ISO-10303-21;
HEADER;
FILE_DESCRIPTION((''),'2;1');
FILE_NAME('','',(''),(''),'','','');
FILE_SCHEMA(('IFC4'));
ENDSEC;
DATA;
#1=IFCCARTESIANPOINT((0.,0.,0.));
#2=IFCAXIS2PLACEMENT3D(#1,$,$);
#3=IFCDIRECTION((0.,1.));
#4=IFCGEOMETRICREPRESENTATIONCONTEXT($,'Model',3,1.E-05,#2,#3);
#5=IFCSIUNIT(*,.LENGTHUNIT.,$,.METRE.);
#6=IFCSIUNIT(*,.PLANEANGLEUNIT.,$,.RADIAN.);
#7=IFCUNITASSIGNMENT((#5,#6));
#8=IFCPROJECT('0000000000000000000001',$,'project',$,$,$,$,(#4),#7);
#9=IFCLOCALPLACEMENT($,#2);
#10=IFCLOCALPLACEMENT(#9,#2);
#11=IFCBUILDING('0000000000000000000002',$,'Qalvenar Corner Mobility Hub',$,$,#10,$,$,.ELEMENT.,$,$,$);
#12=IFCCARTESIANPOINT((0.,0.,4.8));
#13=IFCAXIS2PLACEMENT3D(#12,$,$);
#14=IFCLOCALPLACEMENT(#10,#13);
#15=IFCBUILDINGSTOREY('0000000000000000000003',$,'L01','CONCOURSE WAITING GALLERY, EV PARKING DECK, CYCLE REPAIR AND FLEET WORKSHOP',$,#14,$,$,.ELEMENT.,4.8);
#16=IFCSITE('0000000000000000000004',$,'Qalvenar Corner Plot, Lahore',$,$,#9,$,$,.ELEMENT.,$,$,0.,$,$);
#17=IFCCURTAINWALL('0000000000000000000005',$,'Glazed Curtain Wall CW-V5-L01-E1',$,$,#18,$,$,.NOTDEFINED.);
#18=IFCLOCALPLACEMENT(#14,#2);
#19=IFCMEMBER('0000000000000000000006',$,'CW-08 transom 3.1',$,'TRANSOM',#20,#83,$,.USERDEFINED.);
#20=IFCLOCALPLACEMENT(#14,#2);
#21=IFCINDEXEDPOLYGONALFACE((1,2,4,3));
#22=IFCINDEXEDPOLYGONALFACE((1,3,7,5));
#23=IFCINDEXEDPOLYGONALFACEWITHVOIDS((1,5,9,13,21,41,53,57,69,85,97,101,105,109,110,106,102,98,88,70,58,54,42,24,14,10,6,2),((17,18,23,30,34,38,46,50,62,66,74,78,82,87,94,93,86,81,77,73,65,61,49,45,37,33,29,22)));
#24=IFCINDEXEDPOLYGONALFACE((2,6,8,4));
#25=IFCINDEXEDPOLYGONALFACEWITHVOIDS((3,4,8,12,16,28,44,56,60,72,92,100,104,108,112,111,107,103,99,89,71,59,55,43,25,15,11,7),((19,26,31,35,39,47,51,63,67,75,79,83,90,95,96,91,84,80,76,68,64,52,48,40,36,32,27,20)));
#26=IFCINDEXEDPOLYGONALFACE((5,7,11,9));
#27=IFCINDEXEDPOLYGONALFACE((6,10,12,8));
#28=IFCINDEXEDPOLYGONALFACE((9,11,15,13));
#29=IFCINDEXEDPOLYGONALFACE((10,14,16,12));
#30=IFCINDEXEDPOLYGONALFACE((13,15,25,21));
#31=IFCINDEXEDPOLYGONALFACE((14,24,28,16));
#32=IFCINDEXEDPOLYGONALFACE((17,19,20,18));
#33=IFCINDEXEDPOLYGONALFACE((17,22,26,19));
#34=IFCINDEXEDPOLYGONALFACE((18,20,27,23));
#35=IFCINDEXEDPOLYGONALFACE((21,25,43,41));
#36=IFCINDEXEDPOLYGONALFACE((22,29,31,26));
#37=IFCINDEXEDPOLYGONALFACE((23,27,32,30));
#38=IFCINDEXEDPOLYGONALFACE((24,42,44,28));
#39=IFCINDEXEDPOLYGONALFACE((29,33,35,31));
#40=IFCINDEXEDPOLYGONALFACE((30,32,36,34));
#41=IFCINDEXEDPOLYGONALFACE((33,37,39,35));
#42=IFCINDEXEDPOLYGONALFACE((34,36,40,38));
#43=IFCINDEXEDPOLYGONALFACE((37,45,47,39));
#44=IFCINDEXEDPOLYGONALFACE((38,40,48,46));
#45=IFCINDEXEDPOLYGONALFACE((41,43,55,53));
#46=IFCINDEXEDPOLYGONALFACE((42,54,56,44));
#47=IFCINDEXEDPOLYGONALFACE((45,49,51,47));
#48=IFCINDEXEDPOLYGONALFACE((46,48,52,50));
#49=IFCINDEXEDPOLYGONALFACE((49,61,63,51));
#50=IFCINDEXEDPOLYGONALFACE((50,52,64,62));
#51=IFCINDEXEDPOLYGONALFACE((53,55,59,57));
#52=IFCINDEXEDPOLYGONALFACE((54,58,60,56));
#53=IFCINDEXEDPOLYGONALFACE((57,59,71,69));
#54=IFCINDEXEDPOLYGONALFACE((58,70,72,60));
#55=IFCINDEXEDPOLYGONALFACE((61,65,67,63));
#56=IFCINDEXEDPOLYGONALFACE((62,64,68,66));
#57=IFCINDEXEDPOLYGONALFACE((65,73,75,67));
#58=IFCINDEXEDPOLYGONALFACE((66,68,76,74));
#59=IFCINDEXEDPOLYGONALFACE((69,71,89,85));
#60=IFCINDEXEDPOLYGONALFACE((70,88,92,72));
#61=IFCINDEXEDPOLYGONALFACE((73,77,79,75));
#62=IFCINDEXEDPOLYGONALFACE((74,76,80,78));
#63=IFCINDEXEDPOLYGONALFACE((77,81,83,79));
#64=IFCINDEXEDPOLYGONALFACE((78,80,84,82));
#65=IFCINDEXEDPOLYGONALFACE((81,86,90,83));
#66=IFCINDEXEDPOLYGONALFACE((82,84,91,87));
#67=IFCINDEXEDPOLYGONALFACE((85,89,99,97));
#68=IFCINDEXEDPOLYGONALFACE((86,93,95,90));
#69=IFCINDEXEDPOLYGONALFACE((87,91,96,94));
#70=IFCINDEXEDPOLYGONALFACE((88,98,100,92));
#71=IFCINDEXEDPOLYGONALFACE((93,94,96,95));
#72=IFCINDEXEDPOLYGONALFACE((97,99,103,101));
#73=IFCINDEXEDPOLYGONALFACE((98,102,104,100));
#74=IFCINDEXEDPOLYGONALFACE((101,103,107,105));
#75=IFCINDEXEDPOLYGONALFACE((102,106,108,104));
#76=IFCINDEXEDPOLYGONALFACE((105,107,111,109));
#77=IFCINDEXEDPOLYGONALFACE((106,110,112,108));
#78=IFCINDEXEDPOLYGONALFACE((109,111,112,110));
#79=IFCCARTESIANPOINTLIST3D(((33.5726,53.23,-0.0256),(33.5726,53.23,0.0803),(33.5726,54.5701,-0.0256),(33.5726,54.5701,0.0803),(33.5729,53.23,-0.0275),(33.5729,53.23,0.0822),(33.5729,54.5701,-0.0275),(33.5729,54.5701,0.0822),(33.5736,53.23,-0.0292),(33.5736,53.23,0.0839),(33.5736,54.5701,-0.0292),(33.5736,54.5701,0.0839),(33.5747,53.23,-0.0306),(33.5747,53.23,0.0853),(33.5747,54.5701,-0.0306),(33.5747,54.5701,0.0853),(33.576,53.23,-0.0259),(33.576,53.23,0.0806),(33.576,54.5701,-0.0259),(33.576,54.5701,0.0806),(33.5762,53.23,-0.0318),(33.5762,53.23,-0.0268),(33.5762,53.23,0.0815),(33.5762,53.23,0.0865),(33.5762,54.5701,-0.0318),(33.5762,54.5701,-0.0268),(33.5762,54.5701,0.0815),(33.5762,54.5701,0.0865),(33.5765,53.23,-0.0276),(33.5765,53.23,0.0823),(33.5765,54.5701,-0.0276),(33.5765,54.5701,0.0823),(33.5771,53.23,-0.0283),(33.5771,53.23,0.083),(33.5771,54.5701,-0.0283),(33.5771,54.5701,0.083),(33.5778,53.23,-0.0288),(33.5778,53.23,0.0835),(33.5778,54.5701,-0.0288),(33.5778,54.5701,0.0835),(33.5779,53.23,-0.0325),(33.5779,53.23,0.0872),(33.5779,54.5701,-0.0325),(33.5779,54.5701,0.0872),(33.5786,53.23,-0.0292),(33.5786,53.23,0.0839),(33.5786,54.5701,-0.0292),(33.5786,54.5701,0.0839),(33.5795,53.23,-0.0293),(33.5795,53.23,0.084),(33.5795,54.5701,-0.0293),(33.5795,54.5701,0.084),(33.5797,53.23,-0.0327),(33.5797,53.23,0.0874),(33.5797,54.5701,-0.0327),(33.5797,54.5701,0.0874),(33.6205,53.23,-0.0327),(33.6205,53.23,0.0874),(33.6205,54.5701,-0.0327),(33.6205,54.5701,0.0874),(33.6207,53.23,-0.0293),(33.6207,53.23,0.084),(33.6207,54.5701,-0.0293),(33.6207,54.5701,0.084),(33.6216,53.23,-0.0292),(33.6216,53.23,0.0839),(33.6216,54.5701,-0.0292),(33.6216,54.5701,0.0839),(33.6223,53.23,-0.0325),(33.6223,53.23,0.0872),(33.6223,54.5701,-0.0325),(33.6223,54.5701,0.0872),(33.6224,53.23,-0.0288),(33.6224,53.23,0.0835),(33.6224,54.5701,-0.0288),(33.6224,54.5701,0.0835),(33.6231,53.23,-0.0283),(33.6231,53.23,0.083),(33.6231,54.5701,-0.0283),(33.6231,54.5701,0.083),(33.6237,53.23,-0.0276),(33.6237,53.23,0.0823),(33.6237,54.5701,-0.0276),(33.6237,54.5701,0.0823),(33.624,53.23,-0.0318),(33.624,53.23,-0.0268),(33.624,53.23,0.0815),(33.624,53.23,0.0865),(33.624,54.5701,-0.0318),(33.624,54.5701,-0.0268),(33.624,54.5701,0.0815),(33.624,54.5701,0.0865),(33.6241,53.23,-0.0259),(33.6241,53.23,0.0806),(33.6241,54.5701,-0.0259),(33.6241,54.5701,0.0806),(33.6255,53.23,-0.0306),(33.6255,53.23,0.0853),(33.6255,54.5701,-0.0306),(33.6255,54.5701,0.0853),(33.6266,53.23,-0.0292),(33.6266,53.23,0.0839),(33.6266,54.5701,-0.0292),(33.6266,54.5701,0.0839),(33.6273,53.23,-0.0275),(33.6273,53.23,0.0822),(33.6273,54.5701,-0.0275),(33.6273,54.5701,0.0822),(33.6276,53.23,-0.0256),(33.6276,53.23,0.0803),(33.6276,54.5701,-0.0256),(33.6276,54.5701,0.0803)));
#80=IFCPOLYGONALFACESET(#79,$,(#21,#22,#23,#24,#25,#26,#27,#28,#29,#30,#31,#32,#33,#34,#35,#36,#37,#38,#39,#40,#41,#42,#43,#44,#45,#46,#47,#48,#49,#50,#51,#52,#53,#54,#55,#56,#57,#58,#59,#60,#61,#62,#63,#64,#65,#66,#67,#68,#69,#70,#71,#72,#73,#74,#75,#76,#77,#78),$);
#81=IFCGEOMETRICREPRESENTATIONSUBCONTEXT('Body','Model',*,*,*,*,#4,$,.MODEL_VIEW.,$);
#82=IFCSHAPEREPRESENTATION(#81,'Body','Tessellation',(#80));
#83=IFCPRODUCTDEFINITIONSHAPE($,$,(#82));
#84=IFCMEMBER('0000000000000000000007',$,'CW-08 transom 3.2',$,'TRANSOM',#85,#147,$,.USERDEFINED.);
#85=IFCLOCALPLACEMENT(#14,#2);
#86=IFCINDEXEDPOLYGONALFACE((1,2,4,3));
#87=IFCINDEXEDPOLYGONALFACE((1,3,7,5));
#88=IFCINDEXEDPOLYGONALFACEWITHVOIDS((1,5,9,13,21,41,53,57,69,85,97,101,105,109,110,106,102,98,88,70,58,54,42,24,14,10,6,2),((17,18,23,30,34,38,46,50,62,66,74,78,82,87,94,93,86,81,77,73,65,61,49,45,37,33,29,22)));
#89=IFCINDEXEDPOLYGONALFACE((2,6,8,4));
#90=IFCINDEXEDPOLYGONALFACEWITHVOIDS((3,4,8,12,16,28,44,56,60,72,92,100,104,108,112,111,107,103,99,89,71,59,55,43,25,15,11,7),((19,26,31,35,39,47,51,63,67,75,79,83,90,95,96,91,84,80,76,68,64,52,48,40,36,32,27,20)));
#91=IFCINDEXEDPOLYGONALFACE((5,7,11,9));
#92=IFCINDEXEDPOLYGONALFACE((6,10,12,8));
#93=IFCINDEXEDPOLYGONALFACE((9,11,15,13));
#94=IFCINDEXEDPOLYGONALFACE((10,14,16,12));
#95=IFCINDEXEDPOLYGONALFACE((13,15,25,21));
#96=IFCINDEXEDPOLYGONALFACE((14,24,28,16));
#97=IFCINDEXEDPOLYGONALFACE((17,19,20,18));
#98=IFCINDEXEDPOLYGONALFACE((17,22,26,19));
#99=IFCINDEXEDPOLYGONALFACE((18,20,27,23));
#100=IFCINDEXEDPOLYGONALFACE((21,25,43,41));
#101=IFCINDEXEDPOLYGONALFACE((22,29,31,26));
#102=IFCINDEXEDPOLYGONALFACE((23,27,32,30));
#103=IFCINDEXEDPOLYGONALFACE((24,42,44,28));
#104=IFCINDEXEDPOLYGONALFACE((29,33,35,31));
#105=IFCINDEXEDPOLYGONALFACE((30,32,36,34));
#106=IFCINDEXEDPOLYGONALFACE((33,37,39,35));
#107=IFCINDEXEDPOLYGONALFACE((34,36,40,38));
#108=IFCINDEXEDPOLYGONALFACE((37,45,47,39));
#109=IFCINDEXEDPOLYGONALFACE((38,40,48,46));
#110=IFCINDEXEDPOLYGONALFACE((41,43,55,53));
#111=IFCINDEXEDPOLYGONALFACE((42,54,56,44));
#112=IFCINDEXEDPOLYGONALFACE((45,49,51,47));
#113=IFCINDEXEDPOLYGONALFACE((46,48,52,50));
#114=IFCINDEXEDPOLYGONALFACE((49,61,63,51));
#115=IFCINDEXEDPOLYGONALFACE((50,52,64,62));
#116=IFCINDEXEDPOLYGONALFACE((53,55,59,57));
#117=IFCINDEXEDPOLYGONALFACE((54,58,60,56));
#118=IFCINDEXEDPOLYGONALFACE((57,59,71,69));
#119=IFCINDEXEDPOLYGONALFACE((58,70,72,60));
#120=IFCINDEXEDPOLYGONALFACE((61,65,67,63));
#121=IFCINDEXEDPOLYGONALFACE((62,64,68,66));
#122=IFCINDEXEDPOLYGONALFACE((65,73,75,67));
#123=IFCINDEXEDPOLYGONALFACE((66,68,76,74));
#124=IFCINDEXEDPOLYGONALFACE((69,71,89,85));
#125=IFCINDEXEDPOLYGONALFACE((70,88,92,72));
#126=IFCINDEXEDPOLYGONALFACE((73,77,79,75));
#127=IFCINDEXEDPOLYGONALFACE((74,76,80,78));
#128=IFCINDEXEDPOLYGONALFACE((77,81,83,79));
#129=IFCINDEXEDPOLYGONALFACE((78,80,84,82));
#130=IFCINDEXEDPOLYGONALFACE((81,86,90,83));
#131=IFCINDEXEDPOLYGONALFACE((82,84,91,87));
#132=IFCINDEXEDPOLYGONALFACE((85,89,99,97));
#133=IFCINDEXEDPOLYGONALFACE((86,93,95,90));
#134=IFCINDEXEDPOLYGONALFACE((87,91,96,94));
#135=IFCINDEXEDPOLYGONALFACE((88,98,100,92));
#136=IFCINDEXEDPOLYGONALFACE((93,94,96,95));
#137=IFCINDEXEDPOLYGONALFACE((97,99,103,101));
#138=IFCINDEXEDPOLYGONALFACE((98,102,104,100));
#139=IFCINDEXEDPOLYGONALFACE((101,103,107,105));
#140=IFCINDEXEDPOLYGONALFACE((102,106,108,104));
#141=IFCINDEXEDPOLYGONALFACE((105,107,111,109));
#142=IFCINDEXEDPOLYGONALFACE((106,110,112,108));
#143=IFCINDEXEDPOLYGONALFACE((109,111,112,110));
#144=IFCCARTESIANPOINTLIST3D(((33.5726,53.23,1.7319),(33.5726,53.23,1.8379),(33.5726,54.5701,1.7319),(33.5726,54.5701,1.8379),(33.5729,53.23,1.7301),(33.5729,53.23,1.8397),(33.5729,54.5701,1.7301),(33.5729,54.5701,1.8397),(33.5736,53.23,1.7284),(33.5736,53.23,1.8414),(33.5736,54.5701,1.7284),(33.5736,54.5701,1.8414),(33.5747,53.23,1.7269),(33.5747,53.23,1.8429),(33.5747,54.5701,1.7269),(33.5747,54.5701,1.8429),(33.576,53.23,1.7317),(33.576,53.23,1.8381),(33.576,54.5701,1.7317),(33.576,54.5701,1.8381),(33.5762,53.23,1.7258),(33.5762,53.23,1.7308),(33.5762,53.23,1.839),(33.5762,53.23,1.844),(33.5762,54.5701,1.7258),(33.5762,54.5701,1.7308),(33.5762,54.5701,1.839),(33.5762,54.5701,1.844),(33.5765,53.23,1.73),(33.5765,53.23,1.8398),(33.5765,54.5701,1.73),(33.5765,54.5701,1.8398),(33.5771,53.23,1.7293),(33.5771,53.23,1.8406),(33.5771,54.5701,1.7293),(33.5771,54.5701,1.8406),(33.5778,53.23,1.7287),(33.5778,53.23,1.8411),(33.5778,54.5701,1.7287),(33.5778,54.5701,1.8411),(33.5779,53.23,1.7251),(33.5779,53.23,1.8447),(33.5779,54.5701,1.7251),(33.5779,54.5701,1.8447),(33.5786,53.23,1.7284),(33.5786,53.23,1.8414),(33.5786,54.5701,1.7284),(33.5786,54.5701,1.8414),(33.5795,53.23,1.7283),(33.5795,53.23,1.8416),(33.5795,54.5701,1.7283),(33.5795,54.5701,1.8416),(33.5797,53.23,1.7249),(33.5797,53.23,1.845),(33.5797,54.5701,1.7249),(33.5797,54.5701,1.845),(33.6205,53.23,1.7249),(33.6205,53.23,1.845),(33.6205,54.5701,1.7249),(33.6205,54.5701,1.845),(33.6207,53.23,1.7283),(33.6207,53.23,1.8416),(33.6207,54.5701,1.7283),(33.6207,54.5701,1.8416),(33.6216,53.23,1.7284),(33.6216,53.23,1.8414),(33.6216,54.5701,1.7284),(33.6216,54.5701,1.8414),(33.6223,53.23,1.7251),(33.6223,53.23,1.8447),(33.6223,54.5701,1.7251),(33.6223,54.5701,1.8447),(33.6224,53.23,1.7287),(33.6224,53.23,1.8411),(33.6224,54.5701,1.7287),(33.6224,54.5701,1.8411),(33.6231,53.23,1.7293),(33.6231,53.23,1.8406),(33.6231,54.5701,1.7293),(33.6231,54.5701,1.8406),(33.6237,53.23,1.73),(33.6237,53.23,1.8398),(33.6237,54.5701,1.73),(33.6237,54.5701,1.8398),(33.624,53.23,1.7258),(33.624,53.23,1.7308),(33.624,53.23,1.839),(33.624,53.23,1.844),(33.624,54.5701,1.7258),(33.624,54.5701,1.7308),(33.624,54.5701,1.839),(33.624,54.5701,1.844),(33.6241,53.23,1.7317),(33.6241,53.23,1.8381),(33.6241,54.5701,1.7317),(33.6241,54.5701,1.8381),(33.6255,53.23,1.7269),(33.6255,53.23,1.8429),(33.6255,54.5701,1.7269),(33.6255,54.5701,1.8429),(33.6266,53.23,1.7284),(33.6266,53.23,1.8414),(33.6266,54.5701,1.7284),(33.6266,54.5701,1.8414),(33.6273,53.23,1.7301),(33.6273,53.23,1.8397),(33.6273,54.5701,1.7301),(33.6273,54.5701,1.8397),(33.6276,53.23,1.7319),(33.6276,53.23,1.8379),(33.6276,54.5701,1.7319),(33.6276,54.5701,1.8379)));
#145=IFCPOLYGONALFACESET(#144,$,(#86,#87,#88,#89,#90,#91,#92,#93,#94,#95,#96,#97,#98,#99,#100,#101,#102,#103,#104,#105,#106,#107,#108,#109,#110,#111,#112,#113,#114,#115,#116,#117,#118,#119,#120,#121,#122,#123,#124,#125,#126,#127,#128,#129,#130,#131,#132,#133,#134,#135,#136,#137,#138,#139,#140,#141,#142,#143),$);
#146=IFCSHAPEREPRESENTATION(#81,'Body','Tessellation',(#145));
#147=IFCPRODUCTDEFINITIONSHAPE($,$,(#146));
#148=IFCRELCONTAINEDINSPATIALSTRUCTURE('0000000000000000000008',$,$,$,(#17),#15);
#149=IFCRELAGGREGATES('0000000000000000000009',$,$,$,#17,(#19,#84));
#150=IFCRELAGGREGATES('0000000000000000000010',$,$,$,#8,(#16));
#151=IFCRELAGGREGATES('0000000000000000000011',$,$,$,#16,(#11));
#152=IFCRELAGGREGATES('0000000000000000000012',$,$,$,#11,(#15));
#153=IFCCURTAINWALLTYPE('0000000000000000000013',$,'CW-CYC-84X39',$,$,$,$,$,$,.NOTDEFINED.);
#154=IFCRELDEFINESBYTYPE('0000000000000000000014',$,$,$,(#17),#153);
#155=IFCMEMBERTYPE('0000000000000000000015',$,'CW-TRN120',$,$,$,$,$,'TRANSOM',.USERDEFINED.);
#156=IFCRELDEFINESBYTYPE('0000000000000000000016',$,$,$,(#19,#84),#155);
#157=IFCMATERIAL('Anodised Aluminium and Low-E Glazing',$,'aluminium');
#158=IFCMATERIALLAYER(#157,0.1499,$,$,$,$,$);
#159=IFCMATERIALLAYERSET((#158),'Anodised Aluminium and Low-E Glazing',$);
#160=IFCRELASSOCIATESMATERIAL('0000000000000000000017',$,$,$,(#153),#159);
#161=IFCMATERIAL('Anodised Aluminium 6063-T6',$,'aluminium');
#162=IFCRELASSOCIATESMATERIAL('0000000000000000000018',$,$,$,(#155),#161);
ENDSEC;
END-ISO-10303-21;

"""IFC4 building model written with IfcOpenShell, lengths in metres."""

from ifc_helpers import new_model, si_unit, direction, frame, origin, origin_2d, place, context, subcontext, project, spatial, hollow_rectangle, extrude, material, layer, layer_set, material_profile, profile_set, type_object, element, aggregate, save


model = new_model("IFC4")

# Units and contexts
model_context = context("Model", 3, precision=1e-05, world=origin(), true_north=direction((0.0, 1.0)))
body_context = subcontext(model_context, "Body", "Model", "MODEL_VIEW")
ifc_project = project(units=[si_unit("LENGTHUNIT", "METRE"), si_unit("PLANEANGLEUNIT", "RADIAN")], contexts=[model_context])

# Site, building, storey
site_placement = place(None, origin())
site = spatial("IfcSite", under=ifc_project, at=site_placement, Name="Qalvenar Corner Plot, Lahore", CompositionType="ELEMENT", RefElevation=0.0)
building_placement = place(site_placement, origin())
building = spatial("IfcBuilding", under=site, at=building_placement, Name="Qalvenar Corner Mobility Hub", CompositionType="ELEMENT")
storey_placement = place(building_placement, frame((0.0, 0.0, 4.8)))
storey = spatial("IfcBuildingStorey", under=building, at=storey_placement, Name="L01", Description="CONCOURSE WAITING GALLERY, EV PARKING DECK, CYCLE REPAIR AND FLEET WORKSHOP", CompositionType="ELEMENT", Elevation=4.8)

# Curtain wall, members
ifc_material_1 = material(Name="Anodised Aluminium and Low-E Glazing", Category="aluminium")
ifc_layer_1 = layer(ifc_material_1, 0.1499)
ifc_layer_set_1 = layer_set([ifc_layer_1], Name="Anodised Aluminium and Low-E Glazing")
curtain_wall_type = type_object("IfcCurtainWallType", Name="CW-CYC-84X39", PredefinedType="NOTDEFINED", material=ifc_layer_set_1)
curtain_wall_placement = place(storey_placement, origin())
curtain_wall = element("IfcCurtainWall", 1, at=curtain_wall_placement, inside=storey, type_object=curtain_wall_type, Name="Glazed Curtain Wall CW-V5-L01-E1", PredefinedType="NOTDEFINED")
ifc_material_2 = material(Name="Anodised Aluminium 6063-T6", Category="aluminium")
ifc_material_profile_1 = material_profile(ifc_material_2, hollow_rectangle(XDim=0.0549, YDim=0.1201, WallThickness=0.0034, InnerFilletRadius=0.0034, OuterFilletRadius=0.0071, at=origin_2d()), Name="RHS120x55x3.5")
ifc_profile_set_1 = profile_set([ifc_material_profile_1], Name="Anodised Aluminium 6063-T6")
member_type_1 = type_object("IfcMemberType", Name="CW-TRN120", ElementType="TRANSOM", PredefinedType="USERDEFINED", material=ifc_profile_set_1)
member_1_placement = place(storey_placement, frame((33.6001, 53.23, 0.0273), z_axis=(0.0, 1.0, 0.0), x_axis=(-1.0, 0.0, 0.0)))
member_1 = element("IfcMember", 2, at=member_1_placement, type_object=member_type_1, Name="CW-08 transom 3.1", ObjectType="TRANSOM", PredefinedType="USERDEFINED", context=body_context, shape_type="SweptSolid", body=[
    extrude(hollow_rectangle(XDim=0.0549, YDim=0.1201, WallThickness=0.0034, InnerFilletRadius=0.0034, OuterFilletRadius=0.0071, at=origin_2d()), origin(), (0.0, 0.0, 1.0), 1.3401),
])
member_2_placement = place(storey_placement, frame((33.6001, 53.23, 1.7849), z_axis=(0.0, 1.0, 0.0), x_axis=(-1.0, 0.0, 0.0)))
member_2 = element("IfcMember", 3, at=member_2_placement, type_object=member_type_1, Name="CW-08 transom 3.2", ObjectType="TRANSOM", PredefinedType="USERDEFINED", context=body_context, shape_type="SweptSolid", body=[
    extrude(hollow_rectangle(XDim=0.0549, YDim=0.1201, WallThickness=0.0034, InnerFilletRadius=0.0034, OuterFilletRadius=0.0071, at=origin_2d()), origin(), (0.0, 0.0, 1.0), 1.3401),
])
aggregate(curtain_wall, [member_1, member_2])

save(model, "model.ifc")
